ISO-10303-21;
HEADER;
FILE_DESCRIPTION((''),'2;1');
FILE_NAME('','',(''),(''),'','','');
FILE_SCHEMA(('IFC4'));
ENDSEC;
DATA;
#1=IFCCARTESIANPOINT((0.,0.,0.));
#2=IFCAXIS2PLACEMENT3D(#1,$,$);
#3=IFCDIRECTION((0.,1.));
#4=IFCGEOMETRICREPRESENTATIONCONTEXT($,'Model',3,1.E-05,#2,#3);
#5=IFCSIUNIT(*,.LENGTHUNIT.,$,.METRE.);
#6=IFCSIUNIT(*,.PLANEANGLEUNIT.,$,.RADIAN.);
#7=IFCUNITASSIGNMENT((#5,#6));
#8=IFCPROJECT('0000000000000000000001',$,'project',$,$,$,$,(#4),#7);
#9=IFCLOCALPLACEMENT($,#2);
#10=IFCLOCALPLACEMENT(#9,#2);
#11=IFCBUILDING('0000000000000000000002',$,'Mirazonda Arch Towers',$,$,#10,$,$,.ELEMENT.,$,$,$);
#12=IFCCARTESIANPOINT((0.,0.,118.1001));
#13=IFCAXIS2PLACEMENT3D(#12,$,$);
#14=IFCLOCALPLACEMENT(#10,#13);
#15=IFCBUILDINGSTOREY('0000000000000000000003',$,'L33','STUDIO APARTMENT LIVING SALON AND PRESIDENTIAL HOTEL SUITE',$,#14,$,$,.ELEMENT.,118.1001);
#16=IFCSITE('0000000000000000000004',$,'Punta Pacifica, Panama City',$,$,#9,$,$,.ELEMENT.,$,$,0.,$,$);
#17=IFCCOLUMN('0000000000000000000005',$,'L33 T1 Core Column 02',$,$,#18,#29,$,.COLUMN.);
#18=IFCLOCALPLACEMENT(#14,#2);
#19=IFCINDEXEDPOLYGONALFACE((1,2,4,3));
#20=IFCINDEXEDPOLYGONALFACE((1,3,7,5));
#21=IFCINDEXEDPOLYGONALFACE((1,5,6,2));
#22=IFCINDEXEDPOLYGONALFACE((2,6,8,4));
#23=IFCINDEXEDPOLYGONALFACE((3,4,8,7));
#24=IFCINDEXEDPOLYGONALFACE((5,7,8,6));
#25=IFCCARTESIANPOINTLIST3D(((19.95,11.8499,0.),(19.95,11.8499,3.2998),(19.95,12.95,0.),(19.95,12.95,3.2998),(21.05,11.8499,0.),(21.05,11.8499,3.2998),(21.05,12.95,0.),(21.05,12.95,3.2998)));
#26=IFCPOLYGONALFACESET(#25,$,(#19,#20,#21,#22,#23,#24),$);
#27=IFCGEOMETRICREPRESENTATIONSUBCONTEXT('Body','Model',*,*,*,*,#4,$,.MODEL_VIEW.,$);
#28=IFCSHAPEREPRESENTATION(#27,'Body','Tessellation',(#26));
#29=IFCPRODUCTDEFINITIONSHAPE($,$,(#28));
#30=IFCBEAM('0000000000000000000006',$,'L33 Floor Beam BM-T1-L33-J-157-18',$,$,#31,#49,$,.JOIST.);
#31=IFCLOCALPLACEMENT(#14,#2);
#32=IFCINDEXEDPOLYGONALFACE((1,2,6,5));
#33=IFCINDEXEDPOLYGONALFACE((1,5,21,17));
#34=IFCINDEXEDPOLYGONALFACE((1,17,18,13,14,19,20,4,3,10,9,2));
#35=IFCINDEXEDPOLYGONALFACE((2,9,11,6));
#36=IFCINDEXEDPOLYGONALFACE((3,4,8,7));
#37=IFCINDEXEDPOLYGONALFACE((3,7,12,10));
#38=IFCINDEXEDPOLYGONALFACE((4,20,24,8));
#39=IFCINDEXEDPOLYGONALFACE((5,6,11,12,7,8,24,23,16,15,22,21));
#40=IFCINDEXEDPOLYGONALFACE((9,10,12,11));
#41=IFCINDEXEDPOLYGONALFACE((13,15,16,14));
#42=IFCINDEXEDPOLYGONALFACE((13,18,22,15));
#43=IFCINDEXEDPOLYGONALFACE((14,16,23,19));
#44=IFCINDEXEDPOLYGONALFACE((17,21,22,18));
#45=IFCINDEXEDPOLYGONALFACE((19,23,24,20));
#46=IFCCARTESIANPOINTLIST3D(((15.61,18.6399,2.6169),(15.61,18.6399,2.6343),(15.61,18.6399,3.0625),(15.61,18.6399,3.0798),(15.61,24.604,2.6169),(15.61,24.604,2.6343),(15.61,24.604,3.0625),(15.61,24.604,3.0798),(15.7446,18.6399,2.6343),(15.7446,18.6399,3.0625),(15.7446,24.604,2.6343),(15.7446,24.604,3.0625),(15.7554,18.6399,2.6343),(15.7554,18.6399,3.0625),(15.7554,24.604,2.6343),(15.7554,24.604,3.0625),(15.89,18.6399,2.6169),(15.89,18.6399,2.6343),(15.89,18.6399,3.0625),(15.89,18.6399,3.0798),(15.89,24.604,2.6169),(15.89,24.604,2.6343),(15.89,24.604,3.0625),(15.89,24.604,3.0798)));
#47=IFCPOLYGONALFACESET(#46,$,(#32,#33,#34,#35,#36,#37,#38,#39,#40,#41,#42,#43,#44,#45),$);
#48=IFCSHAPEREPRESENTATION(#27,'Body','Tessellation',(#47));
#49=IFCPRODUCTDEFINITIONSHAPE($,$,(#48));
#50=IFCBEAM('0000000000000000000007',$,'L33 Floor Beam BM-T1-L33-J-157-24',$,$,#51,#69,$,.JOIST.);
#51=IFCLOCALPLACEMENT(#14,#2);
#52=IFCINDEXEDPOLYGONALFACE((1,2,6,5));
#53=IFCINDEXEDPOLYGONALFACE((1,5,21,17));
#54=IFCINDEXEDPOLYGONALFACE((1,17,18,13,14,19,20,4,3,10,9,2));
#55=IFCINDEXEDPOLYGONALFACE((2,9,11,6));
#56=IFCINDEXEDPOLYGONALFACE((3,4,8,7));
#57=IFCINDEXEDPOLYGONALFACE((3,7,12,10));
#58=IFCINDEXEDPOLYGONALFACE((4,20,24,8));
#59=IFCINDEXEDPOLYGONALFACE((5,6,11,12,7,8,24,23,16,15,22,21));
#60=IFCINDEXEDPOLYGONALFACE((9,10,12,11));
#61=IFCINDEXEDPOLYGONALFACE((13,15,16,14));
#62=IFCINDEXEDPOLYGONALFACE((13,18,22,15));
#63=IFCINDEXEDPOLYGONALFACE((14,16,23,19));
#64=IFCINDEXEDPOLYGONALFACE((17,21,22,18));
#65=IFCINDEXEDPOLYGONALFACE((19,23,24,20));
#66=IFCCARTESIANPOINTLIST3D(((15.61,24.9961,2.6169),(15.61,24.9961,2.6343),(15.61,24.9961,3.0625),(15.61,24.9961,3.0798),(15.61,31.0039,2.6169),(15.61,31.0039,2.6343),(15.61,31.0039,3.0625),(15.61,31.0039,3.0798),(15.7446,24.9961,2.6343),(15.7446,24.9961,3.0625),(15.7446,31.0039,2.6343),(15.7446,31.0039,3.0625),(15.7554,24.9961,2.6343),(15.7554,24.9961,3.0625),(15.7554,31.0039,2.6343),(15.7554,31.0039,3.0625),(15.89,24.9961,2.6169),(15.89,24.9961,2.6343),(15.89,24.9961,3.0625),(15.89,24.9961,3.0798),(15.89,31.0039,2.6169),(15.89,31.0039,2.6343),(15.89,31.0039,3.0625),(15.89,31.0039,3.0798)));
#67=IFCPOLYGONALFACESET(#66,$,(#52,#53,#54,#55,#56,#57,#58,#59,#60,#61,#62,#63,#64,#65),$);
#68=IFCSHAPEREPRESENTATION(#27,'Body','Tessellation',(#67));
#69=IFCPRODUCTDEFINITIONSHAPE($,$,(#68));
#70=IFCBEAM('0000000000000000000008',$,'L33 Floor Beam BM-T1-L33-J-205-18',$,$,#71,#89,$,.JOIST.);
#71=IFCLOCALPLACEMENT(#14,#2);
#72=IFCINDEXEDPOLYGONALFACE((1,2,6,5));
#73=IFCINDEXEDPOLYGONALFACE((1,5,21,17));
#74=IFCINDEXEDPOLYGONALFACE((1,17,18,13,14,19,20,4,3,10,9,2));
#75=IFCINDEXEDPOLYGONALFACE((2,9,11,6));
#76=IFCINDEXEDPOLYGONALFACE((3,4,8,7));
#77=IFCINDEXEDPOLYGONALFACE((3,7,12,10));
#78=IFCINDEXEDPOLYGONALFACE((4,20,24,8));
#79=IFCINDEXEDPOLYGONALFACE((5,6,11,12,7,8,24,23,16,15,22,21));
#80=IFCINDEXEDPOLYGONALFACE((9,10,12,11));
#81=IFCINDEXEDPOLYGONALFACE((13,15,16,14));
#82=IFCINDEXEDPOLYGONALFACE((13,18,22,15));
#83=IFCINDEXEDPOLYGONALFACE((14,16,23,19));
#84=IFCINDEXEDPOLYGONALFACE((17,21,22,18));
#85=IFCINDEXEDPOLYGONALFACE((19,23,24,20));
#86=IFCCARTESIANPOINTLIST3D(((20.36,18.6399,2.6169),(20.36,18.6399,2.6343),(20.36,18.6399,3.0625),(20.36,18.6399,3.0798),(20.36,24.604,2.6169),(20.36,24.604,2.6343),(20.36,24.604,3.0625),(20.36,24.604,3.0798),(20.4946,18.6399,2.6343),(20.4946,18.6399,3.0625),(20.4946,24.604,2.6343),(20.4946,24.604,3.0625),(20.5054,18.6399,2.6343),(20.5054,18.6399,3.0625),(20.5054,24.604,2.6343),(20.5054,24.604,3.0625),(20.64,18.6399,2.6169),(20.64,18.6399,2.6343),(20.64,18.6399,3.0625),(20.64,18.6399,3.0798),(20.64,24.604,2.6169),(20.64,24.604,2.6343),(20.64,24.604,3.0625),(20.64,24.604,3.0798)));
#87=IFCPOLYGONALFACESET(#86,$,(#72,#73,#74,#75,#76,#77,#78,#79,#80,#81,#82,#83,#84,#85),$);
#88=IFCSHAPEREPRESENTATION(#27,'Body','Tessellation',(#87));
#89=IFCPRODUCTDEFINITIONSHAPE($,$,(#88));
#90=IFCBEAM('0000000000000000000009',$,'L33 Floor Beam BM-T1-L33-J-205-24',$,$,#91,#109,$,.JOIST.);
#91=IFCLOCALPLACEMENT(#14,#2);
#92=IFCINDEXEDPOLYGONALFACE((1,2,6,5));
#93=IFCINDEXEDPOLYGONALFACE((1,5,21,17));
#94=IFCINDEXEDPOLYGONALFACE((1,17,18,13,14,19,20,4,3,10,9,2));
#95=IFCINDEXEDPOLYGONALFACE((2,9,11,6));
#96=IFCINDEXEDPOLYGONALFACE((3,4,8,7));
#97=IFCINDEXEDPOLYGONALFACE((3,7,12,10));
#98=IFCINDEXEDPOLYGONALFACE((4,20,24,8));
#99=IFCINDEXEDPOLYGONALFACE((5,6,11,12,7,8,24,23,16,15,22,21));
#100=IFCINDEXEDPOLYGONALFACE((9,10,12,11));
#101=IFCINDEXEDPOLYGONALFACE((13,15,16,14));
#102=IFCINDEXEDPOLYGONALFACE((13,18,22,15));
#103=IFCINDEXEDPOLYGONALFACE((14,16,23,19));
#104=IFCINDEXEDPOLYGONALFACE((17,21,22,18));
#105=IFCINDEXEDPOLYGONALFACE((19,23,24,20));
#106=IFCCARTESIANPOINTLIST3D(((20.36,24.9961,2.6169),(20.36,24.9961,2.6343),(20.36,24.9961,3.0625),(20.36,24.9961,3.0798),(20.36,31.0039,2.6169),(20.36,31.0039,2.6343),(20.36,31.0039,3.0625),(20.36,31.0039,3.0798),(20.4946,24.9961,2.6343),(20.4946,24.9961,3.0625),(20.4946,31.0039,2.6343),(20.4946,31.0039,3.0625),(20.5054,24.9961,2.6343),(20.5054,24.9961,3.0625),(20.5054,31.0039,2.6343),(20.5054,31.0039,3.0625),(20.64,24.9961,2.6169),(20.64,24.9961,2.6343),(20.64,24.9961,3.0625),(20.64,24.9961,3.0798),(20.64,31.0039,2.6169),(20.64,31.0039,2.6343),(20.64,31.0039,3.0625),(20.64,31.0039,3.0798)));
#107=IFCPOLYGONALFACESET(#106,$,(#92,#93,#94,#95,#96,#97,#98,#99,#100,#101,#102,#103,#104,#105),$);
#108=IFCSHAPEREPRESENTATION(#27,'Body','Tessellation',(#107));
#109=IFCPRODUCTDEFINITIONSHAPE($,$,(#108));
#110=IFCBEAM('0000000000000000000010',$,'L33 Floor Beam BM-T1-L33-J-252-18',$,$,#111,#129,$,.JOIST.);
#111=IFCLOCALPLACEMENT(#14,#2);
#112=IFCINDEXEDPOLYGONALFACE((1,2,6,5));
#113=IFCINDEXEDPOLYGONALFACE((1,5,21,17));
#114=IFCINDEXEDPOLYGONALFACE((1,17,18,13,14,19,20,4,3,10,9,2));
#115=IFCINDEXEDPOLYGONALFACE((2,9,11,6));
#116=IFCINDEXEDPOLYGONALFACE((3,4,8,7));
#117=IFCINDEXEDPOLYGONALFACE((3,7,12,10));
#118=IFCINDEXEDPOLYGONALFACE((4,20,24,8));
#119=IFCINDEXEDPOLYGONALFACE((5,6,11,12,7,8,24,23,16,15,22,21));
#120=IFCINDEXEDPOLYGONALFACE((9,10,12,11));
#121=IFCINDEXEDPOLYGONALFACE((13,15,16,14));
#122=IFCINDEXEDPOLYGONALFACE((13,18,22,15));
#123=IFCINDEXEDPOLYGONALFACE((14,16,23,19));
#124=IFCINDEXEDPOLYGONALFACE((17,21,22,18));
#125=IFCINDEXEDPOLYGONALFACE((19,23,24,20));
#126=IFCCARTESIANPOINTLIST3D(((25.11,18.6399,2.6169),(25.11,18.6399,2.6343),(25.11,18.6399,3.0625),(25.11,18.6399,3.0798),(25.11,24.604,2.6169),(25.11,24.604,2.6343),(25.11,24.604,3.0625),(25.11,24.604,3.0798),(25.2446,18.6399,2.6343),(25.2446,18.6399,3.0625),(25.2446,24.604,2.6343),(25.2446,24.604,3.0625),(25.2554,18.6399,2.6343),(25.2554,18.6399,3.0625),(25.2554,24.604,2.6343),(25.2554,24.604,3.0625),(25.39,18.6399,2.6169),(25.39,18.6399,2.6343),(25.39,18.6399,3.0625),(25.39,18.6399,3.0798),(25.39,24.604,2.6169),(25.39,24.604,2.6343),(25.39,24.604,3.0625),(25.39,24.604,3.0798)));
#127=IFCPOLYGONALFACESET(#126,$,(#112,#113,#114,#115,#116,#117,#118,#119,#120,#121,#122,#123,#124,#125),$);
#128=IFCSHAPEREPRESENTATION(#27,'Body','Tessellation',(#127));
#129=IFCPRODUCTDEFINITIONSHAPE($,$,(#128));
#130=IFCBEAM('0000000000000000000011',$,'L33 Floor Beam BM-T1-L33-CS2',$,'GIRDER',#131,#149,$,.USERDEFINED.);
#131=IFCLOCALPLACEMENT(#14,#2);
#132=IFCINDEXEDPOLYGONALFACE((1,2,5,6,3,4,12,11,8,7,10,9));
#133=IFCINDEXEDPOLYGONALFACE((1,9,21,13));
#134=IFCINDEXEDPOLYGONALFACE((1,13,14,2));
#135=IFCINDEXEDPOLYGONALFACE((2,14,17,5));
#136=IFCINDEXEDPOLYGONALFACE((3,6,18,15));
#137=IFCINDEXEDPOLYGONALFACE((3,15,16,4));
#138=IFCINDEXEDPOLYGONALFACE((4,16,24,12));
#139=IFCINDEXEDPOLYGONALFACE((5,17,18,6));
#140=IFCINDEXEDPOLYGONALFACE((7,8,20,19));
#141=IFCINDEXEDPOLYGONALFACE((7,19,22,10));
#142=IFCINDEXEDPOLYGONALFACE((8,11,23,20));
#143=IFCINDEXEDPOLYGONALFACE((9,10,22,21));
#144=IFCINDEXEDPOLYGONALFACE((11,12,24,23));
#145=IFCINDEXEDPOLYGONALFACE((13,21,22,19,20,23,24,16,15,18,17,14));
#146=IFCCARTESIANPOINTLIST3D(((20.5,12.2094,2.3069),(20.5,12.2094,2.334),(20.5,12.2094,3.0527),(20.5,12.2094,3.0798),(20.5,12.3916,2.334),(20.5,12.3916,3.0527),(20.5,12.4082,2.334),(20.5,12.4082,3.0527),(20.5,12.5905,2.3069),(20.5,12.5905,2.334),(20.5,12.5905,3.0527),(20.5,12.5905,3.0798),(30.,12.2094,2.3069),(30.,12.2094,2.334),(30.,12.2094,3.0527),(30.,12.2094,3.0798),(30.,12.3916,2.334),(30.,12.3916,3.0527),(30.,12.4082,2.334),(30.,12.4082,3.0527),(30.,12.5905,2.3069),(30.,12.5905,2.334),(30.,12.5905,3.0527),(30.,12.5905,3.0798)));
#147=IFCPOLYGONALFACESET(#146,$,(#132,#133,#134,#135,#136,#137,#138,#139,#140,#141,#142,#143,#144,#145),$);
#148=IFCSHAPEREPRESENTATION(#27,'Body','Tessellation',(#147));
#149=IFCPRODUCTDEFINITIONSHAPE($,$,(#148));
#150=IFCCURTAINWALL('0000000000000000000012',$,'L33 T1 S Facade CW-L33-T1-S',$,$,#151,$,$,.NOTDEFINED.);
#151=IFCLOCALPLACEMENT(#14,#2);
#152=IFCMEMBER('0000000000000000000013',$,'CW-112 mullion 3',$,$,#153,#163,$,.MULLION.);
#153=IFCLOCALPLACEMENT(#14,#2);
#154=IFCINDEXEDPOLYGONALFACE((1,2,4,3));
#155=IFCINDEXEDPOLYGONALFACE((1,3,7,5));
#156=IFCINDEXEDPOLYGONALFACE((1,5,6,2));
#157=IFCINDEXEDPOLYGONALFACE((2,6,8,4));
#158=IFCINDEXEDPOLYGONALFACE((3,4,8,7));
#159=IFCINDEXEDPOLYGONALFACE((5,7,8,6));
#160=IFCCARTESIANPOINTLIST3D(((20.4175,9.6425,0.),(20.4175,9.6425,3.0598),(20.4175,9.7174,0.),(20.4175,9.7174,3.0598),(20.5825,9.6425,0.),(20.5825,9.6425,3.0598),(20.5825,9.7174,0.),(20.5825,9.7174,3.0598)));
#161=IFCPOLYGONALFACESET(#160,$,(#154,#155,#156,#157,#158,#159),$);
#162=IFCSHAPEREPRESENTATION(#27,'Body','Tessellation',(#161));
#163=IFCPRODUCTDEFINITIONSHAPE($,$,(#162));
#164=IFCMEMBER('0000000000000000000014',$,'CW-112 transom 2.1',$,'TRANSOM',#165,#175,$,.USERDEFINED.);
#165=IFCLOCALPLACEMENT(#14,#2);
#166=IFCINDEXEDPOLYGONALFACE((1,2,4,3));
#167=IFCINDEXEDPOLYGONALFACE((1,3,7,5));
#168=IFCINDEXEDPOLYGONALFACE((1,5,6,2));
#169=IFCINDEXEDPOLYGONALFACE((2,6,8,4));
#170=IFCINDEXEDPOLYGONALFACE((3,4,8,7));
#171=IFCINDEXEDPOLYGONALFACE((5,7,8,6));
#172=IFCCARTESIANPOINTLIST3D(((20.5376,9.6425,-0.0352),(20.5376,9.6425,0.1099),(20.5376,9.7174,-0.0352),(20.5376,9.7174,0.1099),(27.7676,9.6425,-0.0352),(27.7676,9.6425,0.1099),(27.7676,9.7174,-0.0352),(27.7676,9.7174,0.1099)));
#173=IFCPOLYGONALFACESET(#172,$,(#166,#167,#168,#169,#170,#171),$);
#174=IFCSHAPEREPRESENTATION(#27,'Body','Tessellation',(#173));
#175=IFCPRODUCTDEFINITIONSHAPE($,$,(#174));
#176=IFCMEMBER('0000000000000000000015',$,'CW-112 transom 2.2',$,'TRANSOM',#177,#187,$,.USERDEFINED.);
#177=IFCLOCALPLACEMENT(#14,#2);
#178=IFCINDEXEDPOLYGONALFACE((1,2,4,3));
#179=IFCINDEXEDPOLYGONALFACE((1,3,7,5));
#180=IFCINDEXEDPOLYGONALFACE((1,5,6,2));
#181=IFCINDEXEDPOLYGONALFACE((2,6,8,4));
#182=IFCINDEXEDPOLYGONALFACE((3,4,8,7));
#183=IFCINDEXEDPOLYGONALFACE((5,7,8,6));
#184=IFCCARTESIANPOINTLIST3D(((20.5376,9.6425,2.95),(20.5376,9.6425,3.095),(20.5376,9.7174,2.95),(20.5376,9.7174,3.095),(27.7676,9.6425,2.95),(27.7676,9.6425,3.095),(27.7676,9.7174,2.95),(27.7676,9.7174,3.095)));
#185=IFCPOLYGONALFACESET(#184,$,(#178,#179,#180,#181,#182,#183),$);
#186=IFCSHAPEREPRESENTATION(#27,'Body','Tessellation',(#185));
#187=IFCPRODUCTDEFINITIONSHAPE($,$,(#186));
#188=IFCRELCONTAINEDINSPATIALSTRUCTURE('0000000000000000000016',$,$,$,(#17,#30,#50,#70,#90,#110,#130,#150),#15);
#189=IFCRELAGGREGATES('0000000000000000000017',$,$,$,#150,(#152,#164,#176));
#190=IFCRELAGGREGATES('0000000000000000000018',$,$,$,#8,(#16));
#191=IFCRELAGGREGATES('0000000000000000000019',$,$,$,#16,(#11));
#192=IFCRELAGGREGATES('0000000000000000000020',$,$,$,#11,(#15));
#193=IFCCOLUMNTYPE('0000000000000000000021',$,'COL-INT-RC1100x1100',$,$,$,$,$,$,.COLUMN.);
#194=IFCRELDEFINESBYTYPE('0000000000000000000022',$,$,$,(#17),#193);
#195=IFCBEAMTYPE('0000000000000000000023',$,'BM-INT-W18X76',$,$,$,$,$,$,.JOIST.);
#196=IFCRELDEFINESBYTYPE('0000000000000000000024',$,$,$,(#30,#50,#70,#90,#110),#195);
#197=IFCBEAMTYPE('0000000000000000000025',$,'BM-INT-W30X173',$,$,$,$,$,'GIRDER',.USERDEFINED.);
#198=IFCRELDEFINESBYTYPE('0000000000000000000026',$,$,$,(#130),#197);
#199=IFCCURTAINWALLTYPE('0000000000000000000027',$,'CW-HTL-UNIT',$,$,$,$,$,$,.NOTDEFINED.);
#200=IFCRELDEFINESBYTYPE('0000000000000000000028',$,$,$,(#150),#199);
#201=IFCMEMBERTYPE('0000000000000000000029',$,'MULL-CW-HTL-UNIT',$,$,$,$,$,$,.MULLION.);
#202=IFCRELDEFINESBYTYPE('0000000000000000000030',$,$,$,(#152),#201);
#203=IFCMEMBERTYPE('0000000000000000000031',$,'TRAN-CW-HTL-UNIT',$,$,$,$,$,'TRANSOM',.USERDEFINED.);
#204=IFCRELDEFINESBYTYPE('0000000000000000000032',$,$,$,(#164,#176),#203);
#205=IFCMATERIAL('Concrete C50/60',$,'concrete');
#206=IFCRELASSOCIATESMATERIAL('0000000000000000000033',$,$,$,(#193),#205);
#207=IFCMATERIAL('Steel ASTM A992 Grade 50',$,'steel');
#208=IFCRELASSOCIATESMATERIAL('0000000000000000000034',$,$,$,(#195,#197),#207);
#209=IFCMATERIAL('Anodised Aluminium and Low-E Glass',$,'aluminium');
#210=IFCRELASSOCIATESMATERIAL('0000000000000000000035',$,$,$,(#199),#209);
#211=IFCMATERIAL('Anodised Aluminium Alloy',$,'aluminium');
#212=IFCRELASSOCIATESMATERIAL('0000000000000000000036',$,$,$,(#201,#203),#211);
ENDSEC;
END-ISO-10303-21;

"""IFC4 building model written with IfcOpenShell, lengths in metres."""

from ifc_helpers import new_model, si_unit, direction, frame, origin, origin_2d, place, context, subcontext, project, spatial, rectangle, i_section, extrude, material, material_profile, profile_set, type_object, element, aggregate, save


model = new_model("IFC4")

# Units and contexts
model_context = context("Model", 3, precision=1e-05, world=origin(), true_north=direction((0.0, 1.0)))
body_context = subcontext(model_context, "Body", "Model", "MODEL_VIEW")
ifc_project = project(units=[si_unit("LENGTHUNIT", "METRE"), si_unit("PLANEANGLEUNIT", "RADIAN")], contexts=[model_context])

# Site, building, storey
site_placement = place(None, origin())
site = spatial("IfcSite", under=ifc_project, at=site_placement, Name="Punta Pacifica, Panama City", CompositionType="ELEMENT", RefElevation=0.0)
building_placement = place(site_placement, origin())
building = spatial("IfcBuilding", under=site, at=building_placement, Name="Mirazonda Arch Towers", CompositionType="ELEMENT")
storey_placement = place(building_placement, frame((0.0, 0.0, 118.1001)))
storey = spatial("IfcBuildingStorey", under=building, at=storey_placement, Name="L33", Description="STUDIO APARTMENT LIVING SALON AND PRESIDENTIAL HOTEL SUITE", CompositionType="ELEMENT", Elevation=118.1001)

# Column
ifc_material_1 = material(Name="Concrete C50/60", Category="concrete")
ifc_material_profile_1 = material_profile(ifc_material_1, rectangle(XDim=1.1001, YDim=1.1001, at=origin_2d()), Name="RC1100x1100")
ifc_profile_set_1 = profile_set([ifc_material_profile_1], Name="Concrete C50/60")
column_type = type_object("IfcColumnType", Name="COL-INT-RC1100x1100", PredefinedType="COLUMN", material=ifc_profile_set_1)
column_placement = place(storey_placement, frame((20.5, 12.3999, 0.0), z_axis=(0.0, 0.0, 1.0), x_axis=(1.0, 0.0, 0.0)))
element("IfcColumn", 1, at=column_placement, inside=storey, type_object=column_type, Name="L33 T1 Core Column 02", PredefinedType="COLUMN", context=body_context, shape_type="SweptSolid", body=[
    extrude(rectangle(XDim=1.1001, YDim=1.1001, at=origin_2d()), origin(), (0.0, 0.0, 1.0), 3.2998),
])

# Beams
ifc_material_2 = material(Name="Steel ASTM A992 Grade 50", Category="steel")
ifc_material_profile_2 = material_profile(ifc_material_2, i_section(OverallWidth=0.28, OverallDepth=0.4629, WebThickness=0.0107, FlangeThickness=0.0173, at=origin_2d()), Name="W18X76")
ifc_profile_set_2 = profile_set([ifc_material_profile_2], Name="Steel ASTM A992 Grade 50")
beam_type_1 = type_object("IfcBeamType", Name="BM-INT-W18X76", PredefinedType="JOIST", material=ifc_profile_set_2)
beam_1_placement = place(storey_placement, frame((15.75, 18.6399, 2.8484), z_axis=(0.0, 1.0, 0.0), x_axis=(-1.0, 0.0, 0.0)))
element("IfcBeam", 2, at=beam_1_placement, inside=storey, type_object=beam_type_1, Name="L33 Floor Beam BM-T1-L33-J-157-18", PredefinedType="JOIST", context=body_context, shape_type="SweptSolid", body=[
    extrude(i_section(OverallWidth=0.28, OverallDepth=0.4629, WebThickness=0.0107, FlangeThickness=0.0173, at=origin_2d()), origin(), (0.0, 0.0, 1.0), 5.9641),
])
beam_2_placement = place(storey_placement, frame((15.75, 24.9961, 2.8484), z_axis=(0.0, 1.0, 0.0), x_axis=(-1.0, 0.0, 0.0)))
element("IfcBeam", 3, at=beam_2_placement, inside=storey, type_object=beam_type_1, Name="L33 Floor Beam BM-T1-L33-J-157-24", PredefinedType="JOIST", context=body_context, shape_type="SweptSolid", body=[
    extrude(i_section(OverallWidth=0.28, OverallDepth=0.4629, WebThickness=0.0107, FlangeThickness=0.0173, at=origin_2d()), origin(), (0.0, 0.0, 1.0), 6.0078),
])
beam_3_placement = place(storey_placement, frame((20.5, 18.6399, 2.8484), z_axis=(0.0, 1.0, 0.0), x_axis=(-1.0, 0.0, 0.0)))
element("IfcBeam", 4, at=beam_3_placement, inside=storey, type_object=beam_type_1, Name="L33 Floor Beam BM-T1-L33-J-205-18", PredefinedType="JOIST", context=body_context, shape_type="SweptSolid", body=[
    extrude(i_section(OverallWidth=0.28, OverallDepth=0.4629, WebThickness=0.0107, FlangeThickness=0.0173, at=origin_2d()), origin(), (0.0, 0.0, 1.0), 5.9641),
])
beam_4_placement = place(storey_placement, frame((20.5, 24.9961, 2.8484), z_axis=(0.0, 1.0, 0.0), x_axis=(-1.0, 0.0, 0.0)))
element("IfcBeam", 5, at=beam_4_placement, inside=storey, type_object=beam_type_1, Name="L33 Floor Beam BM-T1-L33-J-205-24", PredefinedType="JOIST", context=body_context, shape_type="SweptSolid", body=[
    extrude(i_section(OverallWidth=0.28, OverallDepth=0.4629, WebThickness=0.0107, FlangeThickness=0.0173, at=origin_2d()), origin(), (0.0, 0.0, 1.0), 6.0078),
])
beam_5_placement = place(storey_placement, frame((25.25, 18.6399, 2.8484), z_axis=(0.0, 1.0, 0.0), x_axis=(-1.0, 0.0, 0.0)))
element("IfcBeam", 6, at=beam_5_placement, inside=storey, type_object=beam_type_1, Name="L33 Floor Beam BM-T1-L33-J-252-18", PredefinedType="JOIST", context=body_context, shape_type="SweptSolid", body=[
    extrude(i_section(OverallWidth=0.28, OverallDepth=0.4629, WebThickness=0.0107, FlangeThickness=0.0173, at=origin_2d()), origin(), (0.0, 0.0, 1.0), 5.9641),
])
ifc_material_profile_3 = material_profile(ifc_material_2, i_section(OverallWidth=0.3811, OverallDepth=0.7729, WebThickness=0.0166, FlangeThickness=0.0271, at=origin_2d()), Name="W30X173")
ifc_profile_set_3 = profile_set([ifc_material_profile_3], Name="Steel ASTM A992 Grade 50")
beam_type_2 = type_object("IfcBeamType", Name="BM-INT-W30X173", ElementType="GIRDER", PredefinedType="USERDEFINED", material=ifc_profile_set_3)
beam_6_placement = place(storey_placement, frame((20.5, 12.3999, 2.6934), z_axis=(1.0, 0.0, 0.0), x_axis=(0.0, 1.0, 0.0)))
element("IfcBeam", 7, at=beam_6_placement, inside=storey, type_object=beam_type_2, Name="L33 Floor Beam BM-T1-L33-CS2", ObjectType="GIRDER", PredefinedType="USERDEFINED", context=body_context, shape_type="SweptSolid", body=[
    extrude(i_section(OverallWidth=0.3811, OverallDepth=0.7729, WebThickness=0.0166, FlangeThickness=0.0271, at=origin_2d()), origin(), (0.0, 0.0, 1.0), 9.5),
])

# Curtain wall, members
ifc_material_3 = material(Name="Anodised Aluminium and Low-E Glass", Category="aluminium")
curtain_wall_type = type_object("IfcCurtainWallType", Name="CW-HTL-UNIT", PredefinedType="NOTDEFINED", material=ifc_material_3)
curtain_wall_placement = place(storey_placement, origin())
curtain_wall = element("IfcCurtainWall", 8, at=curtain_wall_placement, inside=storey, type_object=curtain_wall_type, Name="L33 T1 S Facade CW-L33-T1-S", PredefinedType="NOTDEFINED")
ifc_material_4 = material(Name="Anodised Aluminium Alloy", Category="aluminium")
ifc_material_profile_4 = material_profile(ifc_material_4, rectangle(XDim=0.075, YDim=0.165, at=origin_2d()), Name="ALU-MULL-75x165")
ifc_profile_set_4 = profile_set([ifc_material_profile_4], Name="Anodised Aluminium Alloy")
member_type_1 = type_object("IfcMemberType", Name="MULL-CW-HTL-UNIT", PredefinedType="MULLION", material=ifc_profile_set_4)
member_1_placement = place(storey_placement, frame((20.5, 9.6799, 0.0), z_axis=(0.0, 0.0, 1.0), x_axis=(0.0, -1.0, 0.0)))
member_1 = element("IfcMember", 9, at=member_1_placement, type_object=member_type_1, Name="CW-112 mullion 3", PredefinedType="MULLION", context=body_context, shape_type="SweptSolid", body=[
    extrude(rectangle(XDim=0.075, YDim=0.165, at=origin_2d()), origin(), (0.0, 0.0, 1.0), 3.0598),
])
ifc_material_profile_5 = material_profile(ifc_material_4, rectangle(XDim=0.075, YDim=0.145, at=origin_2d()), Name="ALU-TRAN-75x145")
ifc_profile_set_5 = profile_set([ifc_material_profile_5], Name="Anodised Aluminium Alloy")
member_type_2 = type_object("IfcMemberType", Name="TRAN-CW-HTL-UNIT", ElementType="TRANSOM", PredefinedType="USERDEFINED", material=ifc_profile_set_5)
member_2_placement = place(storey_placement, frame((27.7676, 9.6799, 0.0374), z_axis=(-1.0, 0.0, 0.0), x_axis=(0.0, -1.0, 0.0)))
member_2 = element("IfcMember", 10, at=member_2_placement, type_object=member_type_2, Name="CW-112 transom 2.1", ObjectType="TRANSOM", PredefinedType="USERDEFINED", context=body_context, shape_type="SweptSolid", body=[
    extrude(rectangle(XDim=0.075, YDim=0.145, at=origin_2d()), origin(), (0.0, 0.0, 1.0), 7.23),
])
member_3_placement = place(storey_placement, frame((27.7676, 9.6799, 3.0225), z_axis=(-1.0, 0.0, 0.0), x_axis=(0.0, -1.0, 0.0)))
member_3 = element("IfcMember", 11, at=member_3_placement, type_object=member_type_2, Name="CW-112 transom 2.2", ObjectType="TRANSOM", PredefinedType="USERDEFINED", context=body_context, shape_type="SweptSolid", body=[
    extrude(rectangle(XDim=0.075, YDim=0.145, at=origin_2d()), origin(), (0.0, 0.0, 1.0), 7.23),
])
aggregate(curtain_wall, [member_1, member_2, member_3])

save(model, "model.ifc")
